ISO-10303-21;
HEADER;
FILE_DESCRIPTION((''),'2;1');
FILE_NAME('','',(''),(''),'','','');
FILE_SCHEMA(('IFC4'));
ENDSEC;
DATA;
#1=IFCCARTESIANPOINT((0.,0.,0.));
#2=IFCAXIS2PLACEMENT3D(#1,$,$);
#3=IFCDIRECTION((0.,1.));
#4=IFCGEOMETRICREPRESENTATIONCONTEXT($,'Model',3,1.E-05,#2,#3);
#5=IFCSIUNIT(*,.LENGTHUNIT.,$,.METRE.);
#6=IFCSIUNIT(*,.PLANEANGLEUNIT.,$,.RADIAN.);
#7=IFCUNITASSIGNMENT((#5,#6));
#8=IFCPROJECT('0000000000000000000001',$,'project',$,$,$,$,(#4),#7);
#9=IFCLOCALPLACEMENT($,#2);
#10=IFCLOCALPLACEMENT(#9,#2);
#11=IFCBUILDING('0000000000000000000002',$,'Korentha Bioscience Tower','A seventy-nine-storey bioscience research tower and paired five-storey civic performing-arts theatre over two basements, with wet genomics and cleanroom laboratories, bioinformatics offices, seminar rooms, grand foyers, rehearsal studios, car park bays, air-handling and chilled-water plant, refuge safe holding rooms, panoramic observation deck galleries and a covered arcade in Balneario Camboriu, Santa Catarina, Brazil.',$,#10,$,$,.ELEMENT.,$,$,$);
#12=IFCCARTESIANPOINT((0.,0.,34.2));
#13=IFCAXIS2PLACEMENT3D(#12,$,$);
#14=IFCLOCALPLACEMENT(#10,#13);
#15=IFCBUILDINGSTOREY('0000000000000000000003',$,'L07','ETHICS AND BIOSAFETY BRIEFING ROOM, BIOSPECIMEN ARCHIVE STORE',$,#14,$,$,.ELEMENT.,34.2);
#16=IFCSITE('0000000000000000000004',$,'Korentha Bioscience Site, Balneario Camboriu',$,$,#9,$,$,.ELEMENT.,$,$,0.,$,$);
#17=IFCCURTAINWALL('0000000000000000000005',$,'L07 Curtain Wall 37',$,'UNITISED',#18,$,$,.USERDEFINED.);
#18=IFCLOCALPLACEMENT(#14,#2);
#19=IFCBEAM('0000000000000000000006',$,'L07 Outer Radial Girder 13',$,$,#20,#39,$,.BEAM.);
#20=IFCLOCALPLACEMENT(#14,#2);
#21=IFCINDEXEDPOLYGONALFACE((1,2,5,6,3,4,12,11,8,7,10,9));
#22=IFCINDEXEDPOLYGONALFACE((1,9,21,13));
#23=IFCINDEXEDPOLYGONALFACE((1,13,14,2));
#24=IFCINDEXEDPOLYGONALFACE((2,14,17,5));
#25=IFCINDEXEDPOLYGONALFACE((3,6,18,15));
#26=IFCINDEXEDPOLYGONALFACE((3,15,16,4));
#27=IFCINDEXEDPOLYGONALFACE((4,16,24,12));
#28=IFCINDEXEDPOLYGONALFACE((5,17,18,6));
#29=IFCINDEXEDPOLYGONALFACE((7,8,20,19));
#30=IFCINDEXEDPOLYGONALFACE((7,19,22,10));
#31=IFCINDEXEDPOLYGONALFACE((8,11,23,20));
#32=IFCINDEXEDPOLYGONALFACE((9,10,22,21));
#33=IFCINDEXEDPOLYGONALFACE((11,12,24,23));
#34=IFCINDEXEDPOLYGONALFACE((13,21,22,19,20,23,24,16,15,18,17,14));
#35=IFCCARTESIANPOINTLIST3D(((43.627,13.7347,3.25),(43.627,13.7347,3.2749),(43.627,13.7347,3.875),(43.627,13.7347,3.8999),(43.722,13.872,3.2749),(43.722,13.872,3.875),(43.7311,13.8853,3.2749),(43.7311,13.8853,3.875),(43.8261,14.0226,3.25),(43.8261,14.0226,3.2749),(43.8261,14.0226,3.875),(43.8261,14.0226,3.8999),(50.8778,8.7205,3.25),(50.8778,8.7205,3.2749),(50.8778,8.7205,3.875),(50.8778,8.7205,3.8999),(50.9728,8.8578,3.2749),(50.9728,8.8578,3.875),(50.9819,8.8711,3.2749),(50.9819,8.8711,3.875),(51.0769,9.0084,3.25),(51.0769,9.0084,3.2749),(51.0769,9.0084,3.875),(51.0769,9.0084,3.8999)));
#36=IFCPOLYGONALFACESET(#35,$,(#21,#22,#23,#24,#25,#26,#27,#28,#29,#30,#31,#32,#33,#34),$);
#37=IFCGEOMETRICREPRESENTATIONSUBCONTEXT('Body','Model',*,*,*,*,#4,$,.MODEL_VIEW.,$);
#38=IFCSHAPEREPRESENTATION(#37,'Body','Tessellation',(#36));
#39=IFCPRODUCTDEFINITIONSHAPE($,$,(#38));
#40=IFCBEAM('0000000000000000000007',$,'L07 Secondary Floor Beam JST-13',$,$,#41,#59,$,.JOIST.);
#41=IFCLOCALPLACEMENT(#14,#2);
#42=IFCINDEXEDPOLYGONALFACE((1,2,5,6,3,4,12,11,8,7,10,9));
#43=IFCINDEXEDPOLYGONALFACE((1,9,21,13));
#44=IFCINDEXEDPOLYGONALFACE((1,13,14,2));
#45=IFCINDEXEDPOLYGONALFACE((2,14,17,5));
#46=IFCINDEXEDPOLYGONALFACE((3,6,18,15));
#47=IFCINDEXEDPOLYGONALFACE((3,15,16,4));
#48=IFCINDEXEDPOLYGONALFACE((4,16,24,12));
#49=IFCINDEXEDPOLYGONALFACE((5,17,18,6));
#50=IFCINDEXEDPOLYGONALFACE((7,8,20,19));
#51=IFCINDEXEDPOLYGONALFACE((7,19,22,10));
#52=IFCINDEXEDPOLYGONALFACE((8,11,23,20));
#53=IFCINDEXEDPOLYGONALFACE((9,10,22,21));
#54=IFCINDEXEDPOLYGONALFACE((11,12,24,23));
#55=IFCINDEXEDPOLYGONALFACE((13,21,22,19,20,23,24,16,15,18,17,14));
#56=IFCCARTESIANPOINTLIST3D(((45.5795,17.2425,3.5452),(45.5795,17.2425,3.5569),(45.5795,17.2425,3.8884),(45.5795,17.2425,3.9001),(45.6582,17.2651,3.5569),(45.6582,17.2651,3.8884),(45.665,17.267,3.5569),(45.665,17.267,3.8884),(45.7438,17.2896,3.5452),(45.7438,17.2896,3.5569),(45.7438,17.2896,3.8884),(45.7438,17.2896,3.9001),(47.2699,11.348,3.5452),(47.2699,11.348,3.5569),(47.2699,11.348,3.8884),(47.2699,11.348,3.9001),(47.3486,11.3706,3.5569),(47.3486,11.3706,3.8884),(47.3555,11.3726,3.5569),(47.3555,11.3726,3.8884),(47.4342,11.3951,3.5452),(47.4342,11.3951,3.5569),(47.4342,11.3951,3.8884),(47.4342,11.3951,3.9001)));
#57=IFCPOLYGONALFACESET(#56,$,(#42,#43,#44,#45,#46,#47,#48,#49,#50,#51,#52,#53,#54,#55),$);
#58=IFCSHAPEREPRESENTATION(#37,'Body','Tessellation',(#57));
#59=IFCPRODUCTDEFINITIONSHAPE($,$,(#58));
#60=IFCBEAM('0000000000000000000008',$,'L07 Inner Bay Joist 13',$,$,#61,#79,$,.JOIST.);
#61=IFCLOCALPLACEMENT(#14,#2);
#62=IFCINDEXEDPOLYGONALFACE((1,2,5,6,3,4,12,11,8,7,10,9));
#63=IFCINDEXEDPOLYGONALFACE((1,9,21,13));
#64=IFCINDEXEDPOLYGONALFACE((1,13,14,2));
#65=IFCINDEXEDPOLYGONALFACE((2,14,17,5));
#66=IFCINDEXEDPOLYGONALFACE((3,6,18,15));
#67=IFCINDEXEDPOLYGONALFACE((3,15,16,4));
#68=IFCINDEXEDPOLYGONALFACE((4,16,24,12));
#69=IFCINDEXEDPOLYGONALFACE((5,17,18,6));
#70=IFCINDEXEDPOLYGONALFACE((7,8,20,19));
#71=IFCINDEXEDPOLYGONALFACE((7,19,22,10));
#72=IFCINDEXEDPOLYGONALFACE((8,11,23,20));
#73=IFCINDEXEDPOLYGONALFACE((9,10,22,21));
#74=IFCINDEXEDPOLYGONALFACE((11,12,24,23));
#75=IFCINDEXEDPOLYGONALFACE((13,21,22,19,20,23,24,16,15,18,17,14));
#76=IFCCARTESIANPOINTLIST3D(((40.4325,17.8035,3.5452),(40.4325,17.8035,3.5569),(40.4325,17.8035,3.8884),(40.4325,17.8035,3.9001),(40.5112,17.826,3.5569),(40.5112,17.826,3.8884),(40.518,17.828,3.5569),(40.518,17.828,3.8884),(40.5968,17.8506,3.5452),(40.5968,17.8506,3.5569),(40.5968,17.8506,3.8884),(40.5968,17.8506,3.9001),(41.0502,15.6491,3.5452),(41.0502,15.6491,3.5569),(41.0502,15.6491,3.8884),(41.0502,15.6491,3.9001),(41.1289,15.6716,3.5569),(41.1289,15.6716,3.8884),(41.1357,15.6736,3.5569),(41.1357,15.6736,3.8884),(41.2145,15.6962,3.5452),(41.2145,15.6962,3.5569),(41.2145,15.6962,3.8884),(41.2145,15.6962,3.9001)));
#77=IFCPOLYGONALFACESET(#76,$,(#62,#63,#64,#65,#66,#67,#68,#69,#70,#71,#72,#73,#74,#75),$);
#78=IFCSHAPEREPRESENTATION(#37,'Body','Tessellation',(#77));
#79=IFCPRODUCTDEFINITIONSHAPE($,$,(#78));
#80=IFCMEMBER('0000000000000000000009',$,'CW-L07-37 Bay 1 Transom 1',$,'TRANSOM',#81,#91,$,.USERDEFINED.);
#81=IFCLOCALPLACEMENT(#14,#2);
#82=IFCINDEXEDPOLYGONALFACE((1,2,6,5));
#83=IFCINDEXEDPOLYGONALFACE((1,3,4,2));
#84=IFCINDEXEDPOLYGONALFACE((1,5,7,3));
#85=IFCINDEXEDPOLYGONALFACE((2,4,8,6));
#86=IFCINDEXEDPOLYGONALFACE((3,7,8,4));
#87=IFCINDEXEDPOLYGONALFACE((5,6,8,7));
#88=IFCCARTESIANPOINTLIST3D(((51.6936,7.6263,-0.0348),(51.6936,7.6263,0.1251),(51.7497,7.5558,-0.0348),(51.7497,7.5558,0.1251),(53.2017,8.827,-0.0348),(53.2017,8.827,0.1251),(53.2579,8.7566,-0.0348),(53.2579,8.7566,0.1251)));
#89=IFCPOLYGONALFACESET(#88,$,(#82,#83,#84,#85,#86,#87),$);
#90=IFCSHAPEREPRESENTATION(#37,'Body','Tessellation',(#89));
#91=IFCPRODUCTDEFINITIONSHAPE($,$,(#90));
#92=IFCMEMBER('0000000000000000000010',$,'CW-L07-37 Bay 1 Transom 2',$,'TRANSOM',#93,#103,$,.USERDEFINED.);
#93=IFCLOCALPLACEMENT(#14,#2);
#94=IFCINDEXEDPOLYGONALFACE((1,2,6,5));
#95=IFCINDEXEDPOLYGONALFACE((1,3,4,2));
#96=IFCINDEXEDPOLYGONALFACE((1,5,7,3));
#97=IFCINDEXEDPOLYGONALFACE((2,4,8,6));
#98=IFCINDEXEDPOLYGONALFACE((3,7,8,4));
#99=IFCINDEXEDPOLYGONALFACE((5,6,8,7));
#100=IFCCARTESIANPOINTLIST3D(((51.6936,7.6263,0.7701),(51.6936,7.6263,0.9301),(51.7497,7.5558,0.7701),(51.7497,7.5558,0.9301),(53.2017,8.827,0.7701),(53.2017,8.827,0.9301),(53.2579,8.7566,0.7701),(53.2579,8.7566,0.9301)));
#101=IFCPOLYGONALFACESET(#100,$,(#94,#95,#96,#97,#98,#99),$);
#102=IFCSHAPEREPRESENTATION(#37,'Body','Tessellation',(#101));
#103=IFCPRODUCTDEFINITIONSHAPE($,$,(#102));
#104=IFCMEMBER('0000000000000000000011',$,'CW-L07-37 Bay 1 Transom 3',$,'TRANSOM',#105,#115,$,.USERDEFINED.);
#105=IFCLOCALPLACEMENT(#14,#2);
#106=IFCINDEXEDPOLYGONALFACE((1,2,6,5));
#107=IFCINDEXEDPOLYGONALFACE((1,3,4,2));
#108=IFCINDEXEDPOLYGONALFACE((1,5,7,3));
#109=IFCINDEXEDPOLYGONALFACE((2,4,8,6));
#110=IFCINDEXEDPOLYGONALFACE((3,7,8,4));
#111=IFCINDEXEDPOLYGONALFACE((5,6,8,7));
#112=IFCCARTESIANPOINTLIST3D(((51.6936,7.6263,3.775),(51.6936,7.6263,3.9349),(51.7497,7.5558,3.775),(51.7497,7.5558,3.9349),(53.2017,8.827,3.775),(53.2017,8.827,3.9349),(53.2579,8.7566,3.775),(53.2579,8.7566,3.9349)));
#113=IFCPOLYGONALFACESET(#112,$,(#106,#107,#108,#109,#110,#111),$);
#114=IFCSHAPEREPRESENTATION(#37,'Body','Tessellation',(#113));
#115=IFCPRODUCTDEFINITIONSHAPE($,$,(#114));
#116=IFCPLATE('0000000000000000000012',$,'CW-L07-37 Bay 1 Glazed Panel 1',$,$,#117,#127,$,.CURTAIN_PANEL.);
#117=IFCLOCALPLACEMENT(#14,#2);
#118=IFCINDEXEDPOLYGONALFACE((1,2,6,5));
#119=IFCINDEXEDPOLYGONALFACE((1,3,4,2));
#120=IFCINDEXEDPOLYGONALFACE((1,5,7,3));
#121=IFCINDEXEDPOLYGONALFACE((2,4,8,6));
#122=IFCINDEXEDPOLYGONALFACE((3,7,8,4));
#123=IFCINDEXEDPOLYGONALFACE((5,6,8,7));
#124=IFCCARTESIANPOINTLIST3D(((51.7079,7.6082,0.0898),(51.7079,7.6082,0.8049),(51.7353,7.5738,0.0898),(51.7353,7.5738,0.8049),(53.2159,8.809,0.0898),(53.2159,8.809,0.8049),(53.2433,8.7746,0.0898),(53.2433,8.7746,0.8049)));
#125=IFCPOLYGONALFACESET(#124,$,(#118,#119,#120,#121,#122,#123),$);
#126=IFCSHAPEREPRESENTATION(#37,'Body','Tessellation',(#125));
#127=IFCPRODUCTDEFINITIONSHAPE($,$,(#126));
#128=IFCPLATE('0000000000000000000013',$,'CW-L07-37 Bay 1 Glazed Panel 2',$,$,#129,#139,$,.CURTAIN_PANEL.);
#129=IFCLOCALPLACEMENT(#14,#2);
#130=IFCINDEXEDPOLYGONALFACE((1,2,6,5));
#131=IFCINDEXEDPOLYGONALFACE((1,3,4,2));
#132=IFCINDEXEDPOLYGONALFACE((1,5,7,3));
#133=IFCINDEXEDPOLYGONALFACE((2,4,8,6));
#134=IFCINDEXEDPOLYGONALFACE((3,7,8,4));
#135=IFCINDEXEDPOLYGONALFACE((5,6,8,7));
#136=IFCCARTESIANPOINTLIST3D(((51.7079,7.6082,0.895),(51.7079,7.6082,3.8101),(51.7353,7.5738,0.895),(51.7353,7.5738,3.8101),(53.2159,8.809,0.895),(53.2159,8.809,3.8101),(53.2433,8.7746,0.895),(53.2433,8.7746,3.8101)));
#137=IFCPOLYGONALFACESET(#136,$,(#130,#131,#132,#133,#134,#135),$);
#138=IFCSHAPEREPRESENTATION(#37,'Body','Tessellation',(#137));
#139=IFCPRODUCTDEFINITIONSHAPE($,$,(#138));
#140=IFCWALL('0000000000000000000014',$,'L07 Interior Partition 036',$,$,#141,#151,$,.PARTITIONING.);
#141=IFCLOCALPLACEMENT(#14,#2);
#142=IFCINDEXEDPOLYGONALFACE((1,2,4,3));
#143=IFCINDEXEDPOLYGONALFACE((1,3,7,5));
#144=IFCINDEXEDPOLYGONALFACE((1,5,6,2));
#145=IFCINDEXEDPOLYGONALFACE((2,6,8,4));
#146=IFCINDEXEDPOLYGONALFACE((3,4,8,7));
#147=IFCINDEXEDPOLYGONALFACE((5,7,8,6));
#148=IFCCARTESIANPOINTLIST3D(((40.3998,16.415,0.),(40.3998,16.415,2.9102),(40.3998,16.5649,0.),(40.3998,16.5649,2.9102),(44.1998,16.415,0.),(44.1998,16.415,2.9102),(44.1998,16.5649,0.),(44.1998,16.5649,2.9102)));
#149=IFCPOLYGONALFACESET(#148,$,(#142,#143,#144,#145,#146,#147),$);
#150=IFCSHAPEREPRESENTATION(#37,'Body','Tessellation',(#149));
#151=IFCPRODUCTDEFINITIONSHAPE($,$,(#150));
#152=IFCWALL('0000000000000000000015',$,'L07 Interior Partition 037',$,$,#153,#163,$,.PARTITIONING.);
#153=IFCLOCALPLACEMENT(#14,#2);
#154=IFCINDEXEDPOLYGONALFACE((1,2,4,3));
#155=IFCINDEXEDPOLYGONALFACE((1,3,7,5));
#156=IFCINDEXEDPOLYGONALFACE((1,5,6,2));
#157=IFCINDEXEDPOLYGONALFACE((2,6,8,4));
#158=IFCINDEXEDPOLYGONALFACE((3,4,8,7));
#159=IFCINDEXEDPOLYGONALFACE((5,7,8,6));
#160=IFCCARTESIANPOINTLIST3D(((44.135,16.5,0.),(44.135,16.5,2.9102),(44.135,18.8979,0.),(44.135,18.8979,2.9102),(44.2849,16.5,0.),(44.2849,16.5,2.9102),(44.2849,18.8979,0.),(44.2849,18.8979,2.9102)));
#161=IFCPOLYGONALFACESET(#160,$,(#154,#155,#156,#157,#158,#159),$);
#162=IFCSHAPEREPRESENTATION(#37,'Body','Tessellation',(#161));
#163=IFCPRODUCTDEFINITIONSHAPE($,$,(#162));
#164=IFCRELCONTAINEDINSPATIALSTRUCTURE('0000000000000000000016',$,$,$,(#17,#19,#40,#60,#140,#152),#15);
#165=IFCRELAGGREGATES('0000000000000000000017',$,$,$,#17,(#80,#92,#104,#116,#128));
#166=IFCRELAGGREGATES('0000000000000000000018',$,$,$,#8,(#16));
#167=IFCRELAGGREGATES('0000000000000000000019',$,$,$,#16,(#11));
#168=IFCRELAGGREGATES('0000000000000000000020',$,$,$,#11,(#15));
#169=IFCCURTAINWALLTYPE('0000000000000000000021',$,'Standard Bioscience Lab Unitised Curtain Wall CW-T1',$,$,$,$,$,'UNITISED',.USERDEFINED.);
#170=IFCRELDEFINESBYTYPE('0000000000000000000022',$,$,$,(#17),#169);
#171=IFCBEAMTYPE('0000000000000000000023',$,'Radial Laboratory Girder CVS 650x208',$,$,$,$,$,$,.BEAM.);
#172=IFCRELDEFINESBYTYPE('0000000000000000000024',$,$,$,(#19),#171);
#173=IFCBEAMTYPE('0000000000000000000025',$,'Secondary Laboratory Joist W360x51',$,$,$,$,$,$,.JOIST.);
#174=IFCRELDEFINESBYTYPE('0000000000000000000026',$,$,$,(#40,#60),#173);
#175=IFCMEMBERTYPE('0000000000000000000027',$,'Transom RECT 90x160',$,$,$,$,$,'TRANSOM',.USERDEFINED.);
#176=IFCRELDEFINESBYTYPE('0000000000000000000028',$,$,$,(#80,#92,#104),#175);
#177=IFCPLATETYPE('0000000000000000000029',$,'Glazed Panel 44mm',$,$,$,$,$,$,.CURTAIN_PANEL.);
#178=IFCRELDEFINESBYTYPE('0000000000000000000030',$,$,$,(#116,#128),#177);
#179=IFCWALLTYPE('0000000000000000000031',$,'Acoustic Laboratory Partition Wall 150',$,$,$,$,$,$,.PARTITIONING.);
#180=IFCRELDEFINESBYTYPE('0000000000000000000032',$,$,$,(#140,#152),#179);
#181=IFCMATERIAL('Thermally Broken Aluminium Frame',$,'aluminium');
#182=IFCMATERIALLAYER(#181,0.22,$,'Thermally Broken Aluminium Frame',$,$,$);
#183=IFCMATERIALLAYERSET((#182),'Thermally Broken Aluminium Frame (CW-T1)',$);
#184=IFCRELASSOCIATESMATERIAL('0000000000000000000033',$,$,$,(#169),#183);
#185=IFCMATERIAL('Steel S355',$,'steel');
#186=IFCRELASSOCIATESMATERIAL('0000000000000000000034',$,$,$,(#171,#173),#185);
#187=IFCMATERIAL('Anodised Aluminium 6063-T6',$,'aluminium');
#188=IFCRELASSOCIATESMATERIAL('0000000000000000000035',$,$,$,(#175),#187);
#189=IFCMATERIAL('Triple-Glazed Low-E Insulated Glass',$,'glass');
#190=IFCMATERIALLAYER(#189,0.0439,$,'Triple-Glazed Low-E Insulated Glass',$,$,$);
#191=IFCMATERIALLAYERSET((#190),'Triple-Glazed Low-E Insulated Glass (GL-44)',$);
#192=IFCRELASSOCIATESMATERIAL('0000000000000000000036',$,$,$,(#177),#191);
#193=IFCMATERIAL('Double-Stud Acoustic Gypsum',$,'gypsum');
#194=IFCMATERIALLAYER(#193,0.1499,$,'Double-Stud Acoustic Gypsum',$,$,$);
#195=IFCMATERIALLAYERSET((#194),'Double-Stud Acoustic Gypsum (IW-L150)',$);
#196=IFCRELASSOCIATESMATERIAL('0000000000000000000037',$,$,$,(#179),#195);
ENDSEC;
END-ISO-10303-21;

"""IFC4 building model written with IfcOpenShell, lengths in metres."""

from ifc_helpers import new_model, si_unit, direction, frame, frame_2d, origin, origin_2d, place, context, subcontext, project, spatial, rectangle, i_section, extrude, material, layer, layer_set, material_profile, profile_set, type_object, element, aggregate, save


model = new_model("IFC4")

# Units and contexts
model_context = context("Model", 3, precision=1e-05, world=origin(), true_north=direction((0.0, 1.0)))
body_context = subcontext(model_context, "Body", "Model", "MODEL_VIEW")
ifc_project = project(units=[si_unit("LENGTHUNIT", "METRE"), si_unit("PLANEANGLEUNIT", "RADIAN")], contexts=[model_context])

# Site, building, storey
site_placement = place(None, origin())
site = spatial("IfcSite", under=ifc_project, at=site_placement, Name="Korentha Bioscience Site, Balneario Camboriu", CompositionType="ELEMENT", RefElevation=0.0)
building_placement = place(site_placement, origin())
building = spatial("IfcBuilding", under=site, at=building_placement, Name="Korentha Bioscience Tower", Description="A seventy-nine-storey bioscience research tower and paired five-storey civic performing-arts theatre over two basements, with wet genomics and cleanroom laboratories, bioinformatics offices, seminar rooms, grand foyers, rehearsal studios, car park bays, air-handling and chilled-water plant, refuge safe holding rooms, panoramic observation deck galleries and a covered arcade in Balneario Camboriu, Santa Catarina, Brazil.", CompositionType="ELEMENT")
storey_placement = place(building_placement, frame((0.0, 0.0, 34.2)))
storey = spatial("IfcBuildingStorey", under=building, at=storey_placement, Name="L07", Description="ETHICS AND BIOSAFETY BRIEFING ROOM, BIOSPECIMEN ARCHIVE STORE", CompositionType="ELEMENT", Elevation=34.2)

# Shared definitions
ifc_material_1 = material(Name="Steel S355", Category="steel")

# Curtain wall
ifc_material_2 = material(Name="Thermally Broken Aluminium Frame", Category="aluminium")
ifc_layer_1 = layer(ifc_material_2, 0.22, Name="Thermally Broken Aluminium Frame")
ifc_layer_set_1 = layer_set([ifc_layer_1], Name="Thermally Broken Aluminium Frame (CW-T1)")
curtain_wall_type = type_object("IfcCurtainWallType", Name="Standard Bioscience Lab Unitised Curtain Wall CW-T1", ElementType="UNITISED", PredefinedType="USERDEFINED", material=ifc_layer_set_1)
curtain_wall_placement = place(storey_placement, origin())
curtain_wall = element("IfcCurtainWall", 1, at=curtain_wall_placement, inside=storey, type_object=curtain_wall_type, Name="L07 Curtain Wall 37", ObjectType="UNITISED", PredefinedType="USERDEFINED")
ifc_material_3 = material(Name="Anodised Aluminium 6063-T6", Category="aluminium")

# Beams
ifc_material_profile_1 = material_profile(ifc_material_1, i_section(OverallWidth=0.3501, OverallDepth=0.6499, WebThickness=0.0161, FlangeThickness=0.0249, at=origin_2d()), Name="Steel S355")
ifc_profile_set_1 = profile_set([ifc_material_profile_1], Name="Steel S355 (RB-650)")
beam_type_1 = type_object("IfcBeamType", Name="Radial Laboratory Girder CVS 650x208", PredefinedType="BEAM", material=ifc_profile_set_1)
beam_1_placement = place(storey_placement, frame((43.7266, 13.8787, 3.575), z_axis=(0.822488, -0.568782, 0.0), x_axis=(0.568782, 0.822488, 0.0)))
element("IfcBeam", 2, at=beam_1_placement, inside=storey, type_object=beam_type_1, Name="L07 Outer Radial Girder 13", PredefinedType="BEAM", context=body_context, shape_type="SweptSolid", body=[
    extrude(i_section(OverallWidth=0.3501, OverallDepth=0.6499, WebThickness=0.0161, FlangeThickness=0.0249, at=origin_2d()), origin(), (0.0, 0.0, 1.0), 8.8157),
])
ifc_material_profile_2 = material_profile(ifc_material_1, i_section(OverallWidth=0.1709, OverallDepth=0.355, WebThickness=0.0071, FlangeThickness=0.0117, at=origin_2d()), Name="Steel S355")
ifc_profile_set_2 = profile_set([ifc_material_profile_2], Name="Steel S355 (JB-360)")
beam_type_2 = type_object("IfcBeamType", Name="Secondary Laboratory Joist W360x51", PredefinedType="JOIST", material=ifc_profile_set_2)
beam_2_placement = place(storey_placement, frame((47.3521, 11.3716, 3.7227), z_axis=(-0.275668, 0.961253, 0.0), x_axis=(-0.961253, -0.275668, 0.0)))
element("IfcBeam", 3, at=beam_2_placement, inside=storey, type_object=beam_type_2, Name="L07 Secondary Floor Beam JST-13", PredefinedType="JOIST", context=body_context, shape_type="SweptSolid", body=[
    extrude(i_section(OverallWidth=0.1709, OverallDepth=0.355, WebThickness=0.0071, FlangeThickness=0.0117, at=origin_2d()), origin(), (0.0, 0.0, 1.0), 6.1321),
])
beam_3_placement = place(storey_placement, frame((41.1323, 15.6726, 3.7227), z_axis=(-0.275613, 0.961269, 0.0), x_axis=(-0.961269, -0.275613, 0.0)))
element("IfcBeam", 4, at=beam_3_placement, inside=storey, type_object=beam_type_2, Name="L07 Inner Bay Joist 13", PredefinedType="JOIST", context=body_context, shape_type="SweptSolid", body=[
    extrude(i_section(OverallWidth=0.1709, OverallDepth=0.355, WebThickness=0.0071, FlangeThickness=0.0117, at=origin_2d()), origin(), (0.0, 0.0, 1.0), 2.2412),
])

# Members
ifc_material_profile_3 = material_profile(ifc_material_3, rectangle(XDim=0.0901, YDim=0.1599, at=origin_2d()), Name="Anodised Aluminium 6063-T6")
ifc_profile_set_3 = profile_set([ifc_material_profile_3], Name="Anodised Aluminium 6063-T6 (CW-TRN)")
member_type_1 = type_object("IfcMemberType", Name="Transom RECT 90x160", ElementType="TRANSOM", PredefinedType="USERDEFINED", material=ifc_profile_set_3)
member_1_placement = place(storey_placement, frame((51.7217, 7.5911, 0.0452), z_axis=(0.782325, 0.622871, 0.0), x_axis=(-0.622871, 0.782325, 0.0)))
member_1 = element("IfcMember", 5, at=member_1_placement, type_object=member_type_1, Name="CW-L07-37 Bay 1 Transom 1", ObjectType="TRANSOM", PredefinedType="USERDEFINED", context=body_context, shape_type="SweptSolid", body=[
    extrude(rectangle(XDim=0.0901, YDim=0.1599, at=origin_2d()), origin(), (0.0, 0.0, 1.0), 1.9277),
])
member_2_placement = place(storey_placement, frame((51.7217, 7.5911, 0.8501), z_axis=(0.782325, 0.622871, 0.0), x_axis=(-0.622871, 0.782325, 0.0)))
member_2 = element("IfcMember", 6, at=member_2_placement, type_object=member_type_1, Name="CW-L07-37 Bay 1 Transom 2", ObjectType="TRANSOM", PredefinedType="USERDEFINED", context=body_context, shape_type="SweptSolid", body=[
    extrude(rectangle(XDim=0.0901, YDim=0.1599, at=origin_2d()), origin(), (0.0, 0.0, 1.0), 1.9277),
])
member_3_placement = place(storey_placement, frame((51.7217, 7.5911, 3.855), z_axis=(0.782325, 0.622871, 0.0), x_axis=(-0.622871, 0.782325, 0.0)))
member_3 = element("IfcMember", 7, at=member_3_placement, type_object=member_type_1, Name="CW-L07-37 Bay 1 Transom 3", ObjectType="TRANSOM", PredefinedType="USERDEFINED", context=body_context, shape_type="SweptSolid", body=[
    extrude(rectangle(XDim=0.0901, YDim=0.1599, at=origin_2d()), origin(), (0.0, 0.0, 1.0), 1.9277),
])

# Plates
ifc_material_4 = material(Name="Triple-Glazed Low-E Insulated Glass", Category="glass")
ifc_layer_2 = layer(ifc_material_4, 0.0439, Name="Triple-Glazed Low-E Insulated Glass")
ifc_layer_set_2 = layer_set([ifc_layer_2], Name="Triple-Glazed Low-E Insulated Glass (GL-44)")
plate_type = type_object("IfcPlateType", Name="Glazed Panel 44mm", PredefinedType="CURTAIN_PANEL", material=ifc_layer_set_2)
plate_1_placement = place(storey_placement, frame((52.4756, 8.1914, 0.0898), z_axis=(0.0, 0.0, 1.0), x_axis=(0.782288, 0.622917, 0.0)))
plate_1 = element("IfcPlate", 8, at=plate_1_placement, type_object=plate_type, Name="CW-L07-37 Bay 1 Glazed Panel 1", PredefinedType="CURTAIN_PANEL", context=body_context, shape_type="SweptSolid", body=[
    extrude(rectangle(XDim=1.9277, YDim=0.0439, at=origin_2d()), origin(), (0.0, 0.0, 1.0), 0.7151),
])
plate_2_placement = place(storey_placement, frame((52.4756, 8.1914, 0.895), z_axis=(0.0, 0.0, 1.0), x_axis=(0.782288, 0.622917, 0.0)))
plate_2 = element("IfcPlate", 9, at=plate_2_placement, type_object=plate_type, Name="CW-L07-37 Bay 1 Glazed Panel 2", PredefinedType="CURTAIN_PANEL", context=body_context, shape_type="SweptSolid", body=[
    extrude(rectangle(XDim=1.9277, YDim=0.0439, at=origin_2d()), origin(), (0.0, 0.0, 1.0), 2.915),
])
aggregate(curtain_wall, [member_1, member_2, member_3, plate_1, plate_2])

# Walls
ifc_material_5 = material(Name="Double-Stud Acoustic Gypsum", Category="gypsum")
ifc_layer_3 = layer(ifc_material_5, 0.1499, Name="Double-Stud Acoustic Gypsum")
ifc_layer_set_3 = layer_set([ifc_layer_3], Name="Double-Stud Acoustic Gypsum (IW-L150)")
wall_type_1 = type_object("IfcWallType", Name="Acoustic Laboratory Partition Wall 150", PredefinedType="PARTITIONING", material=ifc_layer_set_3)
wall_1_placement = place(storey_placement, frame((40.3999, 16.49, 0.0), z_axis=(0.0, 0.0, 1.0), x_axis=(1.0, 0.0, 0.0)))
element("IfcWall", 10, at=wall_1_placement, inside=storey, type_object=wall_type_1, Name="L07 Interior Partition 036", PredefinedType="PARTITIONING", context=body_context, shape_type="SweptSolid", body=[
    extrude(rectangle(XDim=3.8, YDim=0.1499, at=frame_2d((1.8999, 0.0))), origin(), (0.0, 0.0, 1.0), 2.9102),
])
wall_2_placement = place(storey_placement, frame((44.21, 16.5, 0.0), z_axis=(0.0, 0.0, 1.0), x_axis=(0.0, 1.0, 0.0)))
element("IfcWall", 11, at=wall_2_placement, inside=storey, type_object=wall_type_1, Name="L07 Interior Partition 037", PredefinedType="PARTITIONING", context=body_context, shape_type="SweptSolid", body=[
    extrude(rectangle(XDim=2.3979, YDim=0.1499, at=frame_2d((1.199, 0.0))), origin(), (0.0, 0.0, 1.0), 2.9102),
])

save(model, "model.ifc")
